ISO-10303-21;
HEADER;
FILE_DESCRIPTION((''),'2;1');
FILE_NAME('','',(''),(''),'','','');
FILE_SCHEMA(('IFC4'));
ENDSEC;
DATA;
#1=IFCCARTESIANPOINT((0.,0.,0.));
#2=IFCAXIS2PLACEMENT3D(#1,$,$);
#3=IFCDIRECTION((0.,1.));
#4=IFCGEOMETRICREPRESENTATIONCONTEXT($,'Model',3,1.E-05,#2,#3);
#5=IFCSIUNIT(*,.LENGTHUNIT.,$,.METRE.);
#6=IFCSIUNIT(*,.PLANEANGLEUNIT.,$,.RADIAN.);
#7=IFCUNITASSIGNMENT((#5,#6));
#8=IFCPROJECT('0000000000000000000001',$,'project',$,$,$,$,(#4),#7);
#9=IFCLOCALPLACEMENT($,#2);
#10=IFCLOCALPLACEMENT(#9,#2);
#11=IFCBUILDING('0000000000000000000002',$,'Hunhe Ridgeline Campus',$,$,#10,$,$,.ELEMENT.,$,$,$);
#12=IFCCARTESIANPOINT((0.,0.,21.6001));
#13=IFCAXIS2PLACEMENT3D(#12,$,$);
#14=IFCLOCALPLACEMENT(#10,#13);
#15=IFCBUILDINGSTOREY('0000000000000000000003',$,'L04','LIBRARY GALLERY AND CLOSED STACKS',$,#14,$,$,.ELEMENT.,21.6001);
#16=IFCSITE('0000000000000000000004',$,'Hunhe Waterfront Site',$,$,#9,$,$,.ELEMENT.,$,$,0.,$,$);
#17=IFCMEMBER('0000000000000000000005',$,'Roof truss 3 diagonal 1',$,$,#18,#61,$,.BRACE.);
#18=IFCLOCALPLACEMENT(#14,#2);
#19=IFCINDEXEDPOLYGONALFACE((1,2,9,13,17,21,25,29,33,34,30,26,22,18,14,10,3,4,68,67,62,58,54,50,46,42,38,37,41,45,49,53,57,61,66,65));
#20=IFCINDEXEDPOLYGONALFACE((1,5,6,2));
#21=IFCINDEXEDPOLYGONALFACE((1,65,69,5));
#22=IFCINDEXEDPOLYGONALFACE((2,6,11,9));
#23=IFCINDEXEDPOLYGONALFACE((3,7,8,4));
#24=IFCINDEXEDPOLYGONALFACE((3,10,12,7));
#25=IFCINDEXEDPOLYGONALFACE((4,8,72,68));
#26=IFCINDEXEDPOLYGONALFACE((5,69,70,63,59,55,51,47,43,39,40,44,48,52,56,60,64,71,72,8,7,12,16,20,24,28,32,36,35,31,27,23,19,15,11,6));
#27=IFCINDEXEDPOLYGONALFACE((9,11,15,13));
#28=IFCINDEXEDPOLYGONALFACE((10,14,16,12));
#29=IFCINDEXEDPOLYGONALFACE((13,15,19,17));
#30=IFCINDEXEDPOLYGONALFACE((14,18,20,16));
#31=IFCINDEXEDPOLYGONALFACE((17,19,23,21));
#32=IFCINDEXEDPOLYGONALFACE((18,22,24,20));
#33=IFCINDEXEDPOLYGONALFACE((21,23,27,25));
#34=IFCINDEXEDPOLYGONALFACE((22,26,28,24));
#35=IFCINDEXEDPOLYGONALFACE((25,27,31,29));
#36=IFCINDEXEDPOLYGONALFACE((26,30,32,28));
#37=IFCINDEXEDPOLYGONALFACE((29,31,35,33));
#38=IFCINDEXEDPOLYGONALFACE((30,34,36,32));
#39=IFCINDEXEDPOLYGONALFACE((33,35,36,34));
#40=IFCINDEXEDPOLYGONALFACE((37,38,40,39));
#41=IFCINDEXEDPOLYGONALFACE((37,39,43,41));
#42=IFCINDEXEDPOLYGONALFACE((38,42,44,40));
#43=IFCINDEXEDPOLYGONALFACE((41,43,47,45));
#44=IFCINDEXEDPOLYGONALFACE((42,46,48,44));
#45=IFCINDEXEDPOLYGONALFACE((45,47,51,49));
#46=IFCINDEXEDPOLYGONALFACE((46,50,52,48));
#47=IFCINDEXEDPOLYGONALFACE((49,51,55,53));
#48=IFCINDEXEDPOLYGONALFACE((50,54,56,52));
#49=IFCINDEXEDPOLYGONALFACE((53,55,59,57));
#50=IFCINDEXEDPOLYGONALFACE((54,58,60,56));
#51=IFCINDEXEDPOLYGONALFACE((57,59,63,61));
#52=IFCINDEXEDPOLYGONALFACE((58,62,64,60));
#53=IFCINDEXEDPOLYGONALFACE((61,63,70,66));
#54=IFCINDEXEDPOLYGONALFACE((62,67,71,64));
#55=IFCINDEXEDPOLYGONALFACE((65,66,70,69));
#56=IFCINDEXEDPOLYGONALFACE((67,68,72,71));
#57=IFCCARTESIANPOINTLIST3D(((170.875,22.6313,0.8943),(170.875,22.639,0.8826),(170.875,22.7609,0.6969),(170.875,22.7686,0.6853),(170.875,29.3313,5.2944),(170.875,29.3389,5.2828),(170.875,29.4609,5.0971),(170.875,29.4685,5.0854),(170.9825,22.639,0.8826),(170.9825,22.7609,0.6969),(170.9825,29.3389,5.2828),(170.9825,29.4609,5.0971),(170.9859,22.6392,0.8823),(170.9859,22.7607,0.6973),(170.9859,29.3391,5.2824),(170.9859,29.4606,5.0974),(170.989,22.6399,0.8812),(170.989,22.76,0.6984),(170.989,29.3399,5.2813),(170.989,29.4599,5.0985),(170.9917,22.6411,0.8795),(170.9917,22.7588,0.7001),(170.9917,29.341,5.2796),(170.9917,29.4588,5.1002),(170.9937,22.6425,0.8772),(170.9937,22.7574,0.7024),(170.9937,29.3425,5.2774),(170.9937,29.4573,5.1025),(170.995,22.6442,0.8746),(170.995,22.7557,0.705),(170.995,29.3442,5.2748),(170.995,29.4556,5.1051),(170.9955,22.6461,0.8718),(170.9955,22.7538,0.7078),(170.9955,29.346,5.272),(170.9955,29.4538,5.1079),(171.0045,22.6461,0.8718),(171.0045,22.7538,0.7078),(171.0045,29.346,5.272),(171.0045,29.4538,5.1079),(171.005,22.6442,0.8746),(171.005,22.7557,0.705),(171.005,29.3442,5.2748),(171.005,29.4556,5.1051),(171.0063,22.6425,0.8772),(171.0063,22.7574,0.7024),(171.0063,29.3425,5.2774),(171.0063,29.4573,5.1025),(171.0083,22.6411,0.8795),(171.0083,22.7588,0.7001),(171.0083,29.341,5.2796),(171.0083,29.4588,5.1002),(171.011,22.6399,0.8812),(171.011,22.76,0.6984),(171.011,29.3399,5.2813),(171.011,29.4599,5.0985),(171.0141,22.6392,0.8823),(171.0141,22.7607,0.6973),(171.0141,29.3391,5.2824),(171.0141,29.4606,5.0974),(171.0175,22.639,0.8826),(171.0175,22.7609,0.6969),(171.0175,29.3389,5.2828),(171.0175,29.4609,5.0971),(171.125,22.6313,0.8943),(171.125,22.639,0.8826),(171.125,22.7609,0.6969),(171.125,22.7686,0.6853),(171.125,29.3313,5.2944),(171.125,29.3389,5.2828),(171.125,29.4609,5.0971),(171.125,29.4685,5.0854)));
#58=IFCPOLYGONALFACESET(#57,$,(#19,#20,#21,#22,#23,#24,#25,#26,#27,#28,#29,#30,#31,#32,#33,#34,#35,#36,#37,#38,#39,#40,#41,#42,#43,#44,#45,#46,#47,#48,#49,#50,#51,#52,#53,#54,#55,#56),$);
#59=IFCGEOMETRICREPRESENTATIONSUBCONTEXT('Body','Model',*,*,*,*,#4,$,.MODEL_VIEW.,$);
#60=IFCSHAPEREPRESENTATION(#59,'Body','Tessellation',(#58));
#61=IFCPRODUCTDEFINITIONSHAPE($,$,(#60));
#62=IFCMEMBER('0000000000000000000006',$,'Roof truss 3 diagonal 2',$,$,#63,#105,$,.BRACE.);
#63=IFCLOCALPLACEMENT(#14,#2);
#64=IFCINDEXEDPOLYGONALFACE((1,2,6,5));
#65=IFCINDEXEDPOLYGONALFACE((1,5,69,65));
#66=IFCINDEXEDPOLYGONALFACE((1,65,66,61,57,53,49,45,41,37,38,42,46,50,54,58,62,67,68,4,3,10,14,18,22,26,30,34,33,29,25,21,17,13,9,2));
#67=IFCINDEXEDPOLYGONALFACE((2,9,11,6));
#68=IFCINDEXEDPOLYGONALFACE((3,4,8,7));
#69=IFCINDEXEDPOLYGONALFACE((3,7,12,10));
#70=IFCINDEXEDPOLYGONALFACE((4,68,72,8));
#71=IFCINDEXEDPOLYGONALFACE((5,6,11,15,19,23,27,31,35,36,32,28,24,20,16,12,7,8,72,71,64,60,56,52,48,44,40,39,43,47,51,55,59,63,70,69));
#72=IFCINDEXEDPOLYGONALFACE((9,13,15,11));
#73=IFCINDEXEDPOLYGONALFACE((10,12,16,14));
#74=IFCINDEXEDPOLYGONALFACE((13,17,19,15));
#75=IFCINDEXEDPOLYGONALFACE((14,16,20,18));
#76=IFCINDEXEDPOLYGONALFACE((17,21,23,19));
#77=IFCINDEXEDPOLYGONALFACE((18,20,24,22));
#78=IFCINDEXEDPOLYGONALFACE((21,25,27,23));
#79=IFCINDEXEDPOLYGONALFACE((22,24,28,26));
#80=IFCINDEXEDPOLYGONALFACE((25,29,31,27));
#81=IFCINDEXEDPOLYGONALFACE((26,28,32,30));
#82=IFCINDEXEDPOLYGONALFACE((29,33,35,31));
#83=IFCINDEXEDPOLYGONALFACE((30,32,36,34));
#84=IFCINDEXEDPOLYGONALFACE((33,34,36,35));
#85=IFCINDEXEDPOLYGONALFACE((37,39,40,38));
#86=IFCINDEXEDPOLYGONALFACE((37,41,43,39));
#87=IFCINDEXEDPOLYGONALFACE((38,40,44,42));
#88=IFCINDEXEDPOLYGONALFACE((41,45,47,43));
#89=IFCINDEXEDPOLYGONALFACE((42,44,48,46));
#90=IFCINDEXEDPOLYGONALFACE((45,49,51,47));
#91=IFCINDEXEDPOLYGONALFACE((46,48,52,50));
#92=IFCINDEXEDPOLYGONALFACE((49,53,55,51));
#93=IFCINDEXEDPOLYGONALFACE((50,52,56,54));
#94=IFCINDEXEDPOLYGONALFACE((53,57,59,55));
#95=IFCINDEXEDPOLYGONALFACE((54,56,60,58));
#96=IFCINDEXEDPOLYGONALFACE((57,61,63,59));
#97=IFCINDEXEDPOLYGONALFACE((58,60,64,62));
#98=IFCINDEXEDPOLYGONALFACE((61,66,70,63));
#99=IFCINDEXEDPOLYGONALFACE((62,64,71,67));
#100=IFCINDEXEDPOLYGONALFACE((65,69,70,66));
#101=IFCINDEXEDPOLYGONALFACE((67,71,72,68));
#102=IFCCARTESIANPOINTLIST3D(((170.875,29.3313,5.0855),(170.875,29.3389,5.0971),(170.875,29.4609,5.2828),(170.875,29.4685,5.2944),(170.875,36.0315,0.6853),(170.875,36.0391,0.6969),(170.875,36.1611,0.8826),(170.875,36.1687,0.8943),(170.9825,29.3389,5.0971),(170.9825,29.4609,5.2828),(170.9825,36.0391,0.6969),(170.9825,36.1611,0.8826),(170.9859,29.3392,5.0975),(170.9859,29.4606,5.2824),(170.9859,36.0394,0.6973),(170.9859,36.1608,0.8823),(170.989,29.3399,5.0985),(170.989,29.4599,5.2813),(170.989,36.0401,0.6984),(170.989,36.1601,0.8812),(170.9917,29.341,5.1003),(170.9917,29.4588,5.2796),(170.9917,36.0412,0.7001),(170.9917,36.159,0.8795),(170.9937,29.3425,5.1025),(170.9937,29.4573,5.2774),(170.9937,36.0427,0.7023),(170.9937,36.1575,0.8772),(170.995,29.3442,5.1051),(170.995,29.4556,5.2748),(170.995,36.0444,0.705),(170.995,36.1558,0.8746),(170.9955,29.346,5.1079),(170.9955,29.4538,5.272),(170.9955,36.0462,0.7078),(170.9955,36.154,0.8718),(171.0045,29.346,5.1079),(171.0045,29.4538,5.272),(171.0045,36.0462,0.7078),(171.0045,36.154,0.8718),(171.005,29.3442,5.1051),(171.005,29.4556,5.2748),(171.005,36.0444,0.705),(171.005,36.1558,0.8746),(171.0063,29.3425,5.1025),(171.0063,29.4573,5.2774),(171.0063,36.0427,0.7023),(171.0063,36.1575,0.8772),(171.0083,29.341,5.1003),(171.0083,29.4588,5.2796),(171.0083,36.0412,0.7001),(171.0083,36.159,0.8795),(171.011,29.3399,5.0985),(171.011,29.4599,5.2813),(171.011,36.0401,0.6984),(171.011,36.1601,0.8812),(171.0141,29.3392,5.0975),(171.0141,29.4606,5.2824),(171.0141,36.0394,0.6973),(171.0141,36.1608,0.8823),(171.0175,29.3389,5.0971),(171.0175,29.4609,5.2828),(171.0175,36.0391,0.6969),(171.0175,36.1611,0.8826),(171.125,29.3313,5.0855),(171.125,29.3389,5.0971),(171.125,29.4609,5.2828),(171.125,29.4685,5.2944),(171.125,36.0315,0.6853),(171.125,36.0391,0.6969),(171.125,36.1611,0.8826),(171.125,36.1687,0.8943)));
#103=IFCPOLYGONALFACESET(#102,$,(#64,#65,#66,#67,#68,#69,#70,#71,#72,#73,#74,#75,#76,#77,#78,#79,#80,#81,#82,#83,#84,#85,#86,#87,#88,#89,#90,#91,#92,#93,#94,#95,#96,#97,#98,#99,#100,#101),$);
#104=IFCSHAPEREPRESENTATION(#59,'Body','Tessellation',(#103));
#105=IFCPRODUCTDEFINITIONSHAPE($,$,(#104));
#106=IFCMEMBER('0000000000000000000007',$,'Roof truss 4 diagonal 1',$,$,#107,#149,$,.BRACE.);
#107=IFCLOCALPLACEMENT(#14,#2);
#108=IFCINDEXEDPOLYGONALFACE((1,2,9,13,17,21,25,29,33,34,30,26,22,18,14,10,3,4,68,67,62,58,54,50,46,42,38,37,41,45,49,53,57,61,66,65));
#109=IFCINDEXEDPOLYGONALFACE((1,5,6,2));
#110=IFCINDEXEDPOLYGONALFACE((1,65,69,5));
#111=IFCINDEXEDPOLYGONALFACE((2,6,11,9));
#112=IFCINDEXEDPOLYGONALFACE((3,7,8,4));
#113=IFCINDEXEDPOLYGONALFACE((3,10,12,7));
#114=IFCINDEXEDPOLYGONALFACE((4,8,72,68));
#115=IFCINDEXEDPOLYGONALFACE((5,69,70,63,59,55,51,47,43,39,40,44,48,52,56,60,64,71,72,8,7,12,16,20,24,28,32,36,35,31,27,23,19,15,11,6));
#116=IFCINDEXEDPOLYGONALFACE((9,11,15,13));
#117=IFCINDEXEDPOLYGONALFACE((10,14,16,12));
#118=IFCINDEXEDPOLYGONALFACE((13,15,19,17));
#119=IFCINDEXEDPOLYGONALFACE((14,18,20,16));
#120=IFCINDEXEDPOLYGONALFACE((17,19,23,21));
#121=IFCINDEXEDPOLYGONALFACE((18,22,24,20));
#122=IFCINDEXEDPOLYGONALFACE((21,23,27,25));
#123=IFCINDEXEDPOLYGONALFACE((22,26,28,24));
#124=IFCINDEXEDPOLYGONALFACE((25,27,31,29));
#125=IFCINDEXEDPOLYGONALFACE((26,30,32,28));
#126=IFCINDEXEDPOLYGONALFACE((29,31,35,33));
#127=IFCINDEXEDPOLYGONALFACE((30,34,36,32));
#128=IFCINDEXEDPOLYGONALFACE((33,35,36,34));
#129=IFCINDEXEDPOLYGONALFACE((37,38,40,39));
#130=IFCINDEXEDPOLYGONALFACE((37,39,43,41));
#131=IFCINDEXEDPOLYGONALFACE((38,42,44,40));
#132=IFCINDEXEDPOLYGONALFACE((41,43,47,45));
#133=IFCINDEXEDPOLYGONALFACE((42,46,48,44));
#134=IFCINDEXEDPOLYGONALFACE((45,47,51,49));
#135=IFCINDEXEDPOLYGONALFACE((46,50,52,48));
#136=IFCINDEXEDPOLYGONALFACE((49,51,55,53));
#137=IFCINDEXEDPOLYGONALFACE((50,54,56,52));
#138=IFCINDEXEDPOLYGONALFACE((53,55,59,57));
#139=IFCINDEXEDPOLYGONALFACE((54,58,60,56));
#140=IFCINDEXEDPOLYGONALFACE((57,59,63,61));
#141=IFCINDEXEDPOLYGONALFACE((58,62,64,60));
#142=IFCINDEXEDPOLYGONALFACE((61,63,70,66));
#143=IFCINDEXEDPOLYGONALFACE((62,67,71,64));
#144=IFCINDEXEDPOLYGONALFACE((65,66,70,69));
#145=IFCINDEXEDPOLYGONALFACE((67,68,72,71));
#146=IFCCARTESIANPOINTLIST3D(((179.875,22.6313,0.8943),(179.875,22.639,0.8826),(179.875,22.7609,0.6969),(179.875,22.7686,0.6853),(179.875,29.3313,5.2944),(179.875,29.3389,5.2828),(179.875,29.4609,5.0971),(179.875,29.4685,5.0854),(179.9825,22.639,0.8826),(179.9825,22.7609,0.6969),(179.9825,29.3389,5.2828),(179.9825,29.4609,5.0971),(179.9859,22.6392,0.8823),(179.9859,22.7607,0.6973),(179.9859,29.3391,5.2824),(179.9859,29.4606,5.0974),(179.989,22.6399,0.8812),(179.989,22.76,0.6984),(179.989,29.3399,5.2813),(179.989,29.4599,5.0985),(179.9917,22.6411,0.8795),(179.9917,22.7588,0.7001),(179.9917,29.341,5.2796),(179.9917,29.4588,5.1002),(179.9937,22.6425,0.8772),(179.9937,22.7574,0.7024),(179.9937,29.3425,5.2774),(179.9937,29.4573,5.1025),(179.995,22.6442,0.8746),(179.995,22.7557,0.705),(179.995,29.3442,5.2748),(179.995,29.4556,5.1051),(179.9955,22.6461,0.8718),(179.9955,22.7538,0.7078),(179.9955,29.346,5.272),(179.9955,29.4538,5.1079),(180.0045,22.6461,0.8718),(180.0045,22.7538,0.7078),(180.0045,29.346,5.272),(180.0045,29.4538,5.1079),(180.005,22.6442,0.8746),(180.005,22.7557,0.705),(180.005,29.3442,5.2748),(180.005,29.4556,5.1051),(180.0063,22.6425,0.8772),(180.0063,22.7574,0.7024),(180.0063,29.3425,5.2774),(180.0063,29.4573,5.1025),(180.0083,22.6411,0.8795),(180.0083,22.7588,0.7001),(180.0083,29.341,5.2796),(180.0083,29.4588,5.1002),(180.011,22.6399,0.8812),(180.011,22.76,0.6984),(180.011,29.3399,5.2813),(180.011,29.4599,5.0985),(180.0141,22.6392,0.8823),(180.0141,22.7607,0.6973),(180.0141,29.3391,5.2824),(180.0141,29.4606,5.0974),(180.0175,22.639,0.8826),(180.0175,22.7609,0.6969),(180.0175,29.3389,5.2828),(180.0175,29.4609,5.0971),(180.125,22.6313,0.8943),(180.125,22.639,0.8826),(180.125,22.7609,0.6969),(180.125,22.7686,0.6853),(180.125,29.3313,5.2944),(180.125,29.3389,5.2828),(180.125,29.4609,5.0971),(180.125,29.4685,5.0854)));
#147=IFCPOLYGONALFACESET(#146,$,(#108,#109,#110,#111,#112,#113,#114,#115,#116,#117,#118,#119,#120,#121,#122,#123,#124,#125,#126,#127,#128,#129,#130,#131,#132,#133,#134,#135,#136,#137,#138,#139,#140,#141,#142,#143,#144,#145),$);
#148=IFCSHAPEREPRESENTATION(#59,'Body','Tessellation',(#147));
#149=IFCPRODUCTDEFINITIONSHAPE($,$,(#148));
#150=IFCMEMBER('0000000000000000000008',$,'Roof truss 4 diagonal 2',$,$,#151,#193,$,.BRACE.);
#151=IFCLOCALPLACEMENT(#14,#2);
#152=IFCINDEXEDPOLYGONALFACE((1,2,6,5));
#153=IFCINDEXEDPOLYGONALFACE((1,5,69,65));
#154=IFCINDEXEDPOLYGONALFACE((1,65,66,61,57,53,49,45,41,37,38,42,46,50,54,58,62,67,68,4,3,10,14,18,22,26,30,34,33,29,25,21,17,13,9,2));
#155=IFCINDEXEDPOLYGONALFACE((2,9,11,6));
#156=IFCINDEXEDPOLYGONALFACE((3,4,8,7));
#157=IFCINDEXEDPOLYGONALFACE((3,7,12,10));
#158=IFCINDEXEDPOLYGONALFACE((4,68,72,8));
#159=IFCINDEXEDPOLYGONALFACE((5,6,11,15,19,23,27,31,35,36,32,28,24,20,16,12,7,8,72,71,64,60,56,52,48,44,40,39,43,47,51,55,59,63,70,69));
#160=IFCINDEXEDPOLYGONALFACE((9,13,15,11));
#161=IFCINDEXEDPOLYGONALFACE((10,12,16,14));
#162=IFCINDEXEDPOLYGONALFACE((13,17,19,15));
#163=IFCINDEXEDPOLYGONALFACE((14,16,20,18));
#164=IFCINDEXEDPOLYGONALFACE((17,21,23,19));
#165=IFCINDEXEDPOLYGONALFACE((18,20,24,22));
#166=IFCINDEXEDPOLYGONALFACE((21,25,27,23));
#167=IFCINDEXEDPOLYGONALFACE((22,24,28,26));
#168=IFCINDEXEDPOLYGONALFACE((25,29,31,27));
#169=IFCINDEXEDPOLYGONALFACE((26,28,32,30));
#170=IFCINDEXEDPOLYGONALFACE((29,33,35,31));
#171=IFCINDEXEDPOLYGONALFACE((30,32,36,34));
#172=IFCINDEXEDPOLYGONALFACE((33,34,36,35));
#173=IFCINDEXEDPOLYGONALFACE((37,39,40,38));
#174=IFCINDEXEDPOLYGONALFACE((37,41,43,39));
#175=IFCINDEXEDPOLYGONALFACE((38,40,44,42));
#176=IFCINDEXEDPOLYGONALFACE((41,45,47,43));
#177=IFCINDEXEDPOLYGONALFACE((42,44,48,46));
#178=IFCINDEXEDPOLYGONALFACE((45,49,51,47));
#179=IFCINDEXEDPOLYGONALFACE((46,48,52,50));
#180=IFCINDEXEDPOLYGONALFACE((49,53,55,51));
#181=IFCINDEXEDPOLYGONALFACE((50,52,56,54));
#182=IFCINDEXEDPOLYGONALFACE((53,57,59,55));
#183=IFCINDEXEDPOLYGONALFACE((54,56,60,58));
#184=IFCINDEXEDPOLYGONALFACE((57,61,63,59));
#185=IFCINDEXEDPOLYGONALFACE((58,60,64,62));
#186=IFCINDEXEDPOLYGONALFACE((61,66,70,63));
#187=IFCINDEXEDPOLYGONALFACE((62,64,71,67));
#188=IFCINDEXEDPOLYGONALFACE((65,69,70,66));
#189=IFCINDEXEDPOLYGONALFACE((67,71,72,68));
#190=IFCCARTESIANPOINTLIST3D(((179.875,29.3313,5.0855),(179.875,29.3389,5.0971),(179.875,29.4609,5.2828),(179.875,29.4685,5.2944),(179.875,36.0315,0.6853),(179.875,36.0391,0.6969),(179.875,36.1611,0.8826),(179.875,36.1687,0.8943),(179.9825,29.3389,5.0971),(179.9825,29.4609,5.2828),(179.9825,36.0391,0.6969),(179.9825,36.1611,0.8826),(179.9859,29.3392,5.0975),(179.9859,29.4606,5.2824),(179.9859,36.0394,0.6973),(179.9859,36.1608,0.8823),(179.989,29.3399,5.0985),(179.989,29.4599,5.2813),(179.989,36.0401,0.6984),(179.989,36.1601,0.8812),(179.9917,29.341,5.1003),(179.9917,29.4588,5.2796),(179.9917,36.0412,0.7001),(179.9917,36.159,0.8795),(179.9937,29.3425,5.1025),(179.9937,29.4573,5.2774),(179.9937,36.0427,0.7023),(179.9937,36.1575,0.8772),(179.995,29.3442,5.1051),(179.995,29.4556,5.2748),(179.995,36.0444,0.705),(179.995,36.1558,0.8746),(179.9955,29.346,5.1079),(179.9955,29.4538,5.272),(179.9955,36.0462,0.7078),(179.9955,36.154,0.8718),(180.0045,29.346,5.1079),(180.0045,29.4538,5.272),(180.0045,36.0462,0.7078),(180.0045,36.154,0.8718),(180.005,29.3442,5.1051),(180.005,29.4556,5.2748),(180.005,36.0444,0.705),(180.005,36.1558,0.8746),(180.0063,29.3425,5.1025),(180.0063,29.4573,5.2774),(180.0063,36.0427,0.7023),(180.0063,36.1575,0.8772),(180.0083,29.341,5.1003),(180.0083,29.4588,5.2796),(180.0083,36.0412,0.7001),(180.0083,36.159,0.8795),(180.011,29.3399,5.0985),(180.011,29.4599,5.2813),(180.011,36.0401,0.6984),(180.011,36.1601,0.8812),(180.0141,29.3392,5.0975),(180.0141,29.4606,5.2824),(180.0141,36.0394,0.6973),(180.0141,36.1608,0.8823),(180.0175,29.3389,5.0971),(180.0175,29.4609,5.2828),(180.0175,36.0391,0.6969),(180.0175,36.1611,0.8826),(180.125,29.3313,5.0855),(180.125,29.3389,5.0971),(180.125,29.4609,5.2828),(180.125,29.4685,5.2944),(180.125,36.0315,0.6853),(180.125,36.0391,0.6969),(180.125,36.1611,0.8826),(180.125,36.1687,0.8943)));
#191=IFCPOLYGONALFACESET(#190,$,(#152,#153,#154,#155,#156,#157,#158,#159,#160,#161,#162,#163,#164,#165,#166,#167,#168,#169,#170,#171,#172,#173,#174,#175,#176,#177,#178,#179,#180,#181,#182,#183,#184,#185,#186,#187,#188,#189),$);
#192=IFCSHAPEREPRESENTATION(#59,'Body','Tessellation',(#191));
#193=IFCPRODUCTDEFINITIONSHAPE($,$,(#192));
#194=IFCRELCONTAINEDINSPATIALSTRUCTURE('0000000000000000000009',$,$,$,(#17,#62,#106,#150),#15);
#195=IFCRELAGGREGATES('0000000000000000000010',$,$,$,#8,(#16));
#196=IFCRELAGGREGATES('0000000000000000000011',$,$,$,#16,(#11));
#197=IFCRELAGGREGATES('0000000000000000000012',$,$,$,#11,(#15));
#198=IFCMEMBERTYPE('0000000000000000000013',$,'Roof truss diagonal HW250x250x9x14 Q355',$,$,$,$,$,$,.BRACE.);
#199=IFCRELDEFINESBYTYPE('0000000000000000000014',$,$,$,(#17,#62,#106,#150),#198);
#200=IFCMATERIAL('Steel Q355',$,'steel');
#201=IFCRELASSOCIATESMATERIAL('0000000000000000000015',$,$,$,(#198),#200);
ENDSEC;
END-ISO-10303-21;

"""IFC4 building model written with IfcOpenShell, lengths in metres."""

from ifc_helpers import new_model, si_unit, direction, frame, origin, origin_2d, place, context, subcontext, project, spatial, i_section, extrude, material, material_profile, profile_set, type_object, element, save


model = new_model("IFC4")

# Units and contexts
model_context = context("Model", 3, precision=1e-05, world=origin(), true_north=direction((0.0, 1.0)))
body_context = subcontext(model_context, "Body", "Model", "MODEL_VIEW")
ifc_project = project(units=[si_unit("LENGTHUNIT", "METRE"), si_unit("PLANEANGLEUNIT", "RADIAN")], contexts=[model_context])

# Site, building, storey
site_placement = place(None, origin())
site = spatial("IfcSite", under=ifc_project, at=site_placement, Name="Hunhe Waterfront Site", CompositionType="ELEMENT", RefElevation=0.0)
building_placement = place(site_placement, origin())
building = spatial("IfcBuilding", under=site, at=building_placement, Name="Hunhe Ridgeline Campus", CompositionType="ELEMENT")
storey_placement = place(building_placement, frame((0.0, 0.0, 21.6001)))
storey = spatial("IfcBuildingStorey", under=building, at=storey_placement, Name="L04", Description="LIBRARY GALLERY AND CLOSED STACKS", CompositionType="ELEMENT", Elevation=21.6001)

# Members
ifc_material_1 = material(Name="Steel Q355", Category="steel")
ifc_material_profile_1 = material_profile(ifc_material_1, i_section(OverallWidth=0.25, OverallDepth=0.25, WebThickness=0.009, FlangeThickness=0.0139, FilletRadius=0.0129, at=origin_2d()))
ifc_profile_set_1 = profile_set([ifc_material_profile_1], Name="Steel Q355")
member_type_1 = type_object("IfcMemberType", Name="Roof truss diagonal HW250x250x9x14 Q355", PredefinedType="BRACE", material=ifc_profile_set_1)
for number, where, z_axis, x_axis, name in (
    (1, (171.0, 22.7, 0.7898), (0.0, 0.835859, 0.548944), (-1.0, 0.0, 0.0), "Roof truss 3 diagonal 1"),
):
    element("IfcMember", number, at=place(storey_placement, frame(where, z_axis=z_axis, x_axis=x_axis)), inside=storey, type_object=member_type_1, Name=name, PredefinedType="BRACE", context=body_context, shape_type="SweptSolid", body=[
        extrude(i_section(OverallWidth=0.25, OverallDepth=0.25, WebThickness=0.009, FlangeThickness=0.0139, FilletRadius=0.0129, at=origin_2d()), origin(), (0.0, 0.0, 1.0), 8.0156),
    ])
member_1_placement = place(storey_placement, frame((171.0, 29.3999, 5.1899), z_axis=(0.0, 0.835868, -0.548931), x_axis=(-1.0, 0.0, 0.0)))
element("IfcMember", 2, at=member_1_placement, inside=storey, type_object=member_type_1, Name="Roof truss 3 diagonal 2", PredefinedType="BRACE", context=body_context, shape_type="SweptSolid", body=[
    extrude(i_section(OverallWidth=0.25, OverallDepth=0.25, WebThickness=0.009, FlangeThickness=0.0139, FilletRadius=0.0129, at=origin_2d()), origin(), (0.0, 0.0, 1.0), 8.0159),
])
member_2_placement = place(storey_placement, frame((180.0, 22.7, 0.7898), z_axis=(0.0, 0.835859, 0.548944), x_axis=(-1.0, 0.0, 0.0)))
element("IfcMember", 3, at=member_2_placement, inside=storey, type_object=member_type_1, Name="Roof truss 4 diagonal 1", PredefinedType="BRACE", context=body_context, shape_type="SweptSolid", body=[
    extrude(i_section(OverallWidth=0.25, OverallDepth=0.25, WebThickness=0.009, FlangeThickness=0.0139, FilletRadius=0.0129, at=origin_2d()), origin(), (0.0, 0.0, 1.0), 8.0156),
])
member_3_placement = place(storey_placement, frame((180.0, 29.3999, 5.1899), z_axis=(0.0, 0.835868, -0.548931), x_axis=(-1.0, 0.0, 0.0)))
element("IfcMember", 4, at=member_3_placement, inside=storey, type_object=member_type_1, Name="Roof truss 4 diagonal 2", PredefinedType="BRACE", context=body_context, shape_type="SweptSolid", body=[
    extrude(i_section(OverallWidth=0.25, OverallDepth=0.25, WebThickness=0.009, FlangeThickness=0.0139, FilletRadius=0.0129, at=origin_2d()), origin(), (0.0, 0.0, 1.0), 8.0159),
])

save(model, "model.ifc")
